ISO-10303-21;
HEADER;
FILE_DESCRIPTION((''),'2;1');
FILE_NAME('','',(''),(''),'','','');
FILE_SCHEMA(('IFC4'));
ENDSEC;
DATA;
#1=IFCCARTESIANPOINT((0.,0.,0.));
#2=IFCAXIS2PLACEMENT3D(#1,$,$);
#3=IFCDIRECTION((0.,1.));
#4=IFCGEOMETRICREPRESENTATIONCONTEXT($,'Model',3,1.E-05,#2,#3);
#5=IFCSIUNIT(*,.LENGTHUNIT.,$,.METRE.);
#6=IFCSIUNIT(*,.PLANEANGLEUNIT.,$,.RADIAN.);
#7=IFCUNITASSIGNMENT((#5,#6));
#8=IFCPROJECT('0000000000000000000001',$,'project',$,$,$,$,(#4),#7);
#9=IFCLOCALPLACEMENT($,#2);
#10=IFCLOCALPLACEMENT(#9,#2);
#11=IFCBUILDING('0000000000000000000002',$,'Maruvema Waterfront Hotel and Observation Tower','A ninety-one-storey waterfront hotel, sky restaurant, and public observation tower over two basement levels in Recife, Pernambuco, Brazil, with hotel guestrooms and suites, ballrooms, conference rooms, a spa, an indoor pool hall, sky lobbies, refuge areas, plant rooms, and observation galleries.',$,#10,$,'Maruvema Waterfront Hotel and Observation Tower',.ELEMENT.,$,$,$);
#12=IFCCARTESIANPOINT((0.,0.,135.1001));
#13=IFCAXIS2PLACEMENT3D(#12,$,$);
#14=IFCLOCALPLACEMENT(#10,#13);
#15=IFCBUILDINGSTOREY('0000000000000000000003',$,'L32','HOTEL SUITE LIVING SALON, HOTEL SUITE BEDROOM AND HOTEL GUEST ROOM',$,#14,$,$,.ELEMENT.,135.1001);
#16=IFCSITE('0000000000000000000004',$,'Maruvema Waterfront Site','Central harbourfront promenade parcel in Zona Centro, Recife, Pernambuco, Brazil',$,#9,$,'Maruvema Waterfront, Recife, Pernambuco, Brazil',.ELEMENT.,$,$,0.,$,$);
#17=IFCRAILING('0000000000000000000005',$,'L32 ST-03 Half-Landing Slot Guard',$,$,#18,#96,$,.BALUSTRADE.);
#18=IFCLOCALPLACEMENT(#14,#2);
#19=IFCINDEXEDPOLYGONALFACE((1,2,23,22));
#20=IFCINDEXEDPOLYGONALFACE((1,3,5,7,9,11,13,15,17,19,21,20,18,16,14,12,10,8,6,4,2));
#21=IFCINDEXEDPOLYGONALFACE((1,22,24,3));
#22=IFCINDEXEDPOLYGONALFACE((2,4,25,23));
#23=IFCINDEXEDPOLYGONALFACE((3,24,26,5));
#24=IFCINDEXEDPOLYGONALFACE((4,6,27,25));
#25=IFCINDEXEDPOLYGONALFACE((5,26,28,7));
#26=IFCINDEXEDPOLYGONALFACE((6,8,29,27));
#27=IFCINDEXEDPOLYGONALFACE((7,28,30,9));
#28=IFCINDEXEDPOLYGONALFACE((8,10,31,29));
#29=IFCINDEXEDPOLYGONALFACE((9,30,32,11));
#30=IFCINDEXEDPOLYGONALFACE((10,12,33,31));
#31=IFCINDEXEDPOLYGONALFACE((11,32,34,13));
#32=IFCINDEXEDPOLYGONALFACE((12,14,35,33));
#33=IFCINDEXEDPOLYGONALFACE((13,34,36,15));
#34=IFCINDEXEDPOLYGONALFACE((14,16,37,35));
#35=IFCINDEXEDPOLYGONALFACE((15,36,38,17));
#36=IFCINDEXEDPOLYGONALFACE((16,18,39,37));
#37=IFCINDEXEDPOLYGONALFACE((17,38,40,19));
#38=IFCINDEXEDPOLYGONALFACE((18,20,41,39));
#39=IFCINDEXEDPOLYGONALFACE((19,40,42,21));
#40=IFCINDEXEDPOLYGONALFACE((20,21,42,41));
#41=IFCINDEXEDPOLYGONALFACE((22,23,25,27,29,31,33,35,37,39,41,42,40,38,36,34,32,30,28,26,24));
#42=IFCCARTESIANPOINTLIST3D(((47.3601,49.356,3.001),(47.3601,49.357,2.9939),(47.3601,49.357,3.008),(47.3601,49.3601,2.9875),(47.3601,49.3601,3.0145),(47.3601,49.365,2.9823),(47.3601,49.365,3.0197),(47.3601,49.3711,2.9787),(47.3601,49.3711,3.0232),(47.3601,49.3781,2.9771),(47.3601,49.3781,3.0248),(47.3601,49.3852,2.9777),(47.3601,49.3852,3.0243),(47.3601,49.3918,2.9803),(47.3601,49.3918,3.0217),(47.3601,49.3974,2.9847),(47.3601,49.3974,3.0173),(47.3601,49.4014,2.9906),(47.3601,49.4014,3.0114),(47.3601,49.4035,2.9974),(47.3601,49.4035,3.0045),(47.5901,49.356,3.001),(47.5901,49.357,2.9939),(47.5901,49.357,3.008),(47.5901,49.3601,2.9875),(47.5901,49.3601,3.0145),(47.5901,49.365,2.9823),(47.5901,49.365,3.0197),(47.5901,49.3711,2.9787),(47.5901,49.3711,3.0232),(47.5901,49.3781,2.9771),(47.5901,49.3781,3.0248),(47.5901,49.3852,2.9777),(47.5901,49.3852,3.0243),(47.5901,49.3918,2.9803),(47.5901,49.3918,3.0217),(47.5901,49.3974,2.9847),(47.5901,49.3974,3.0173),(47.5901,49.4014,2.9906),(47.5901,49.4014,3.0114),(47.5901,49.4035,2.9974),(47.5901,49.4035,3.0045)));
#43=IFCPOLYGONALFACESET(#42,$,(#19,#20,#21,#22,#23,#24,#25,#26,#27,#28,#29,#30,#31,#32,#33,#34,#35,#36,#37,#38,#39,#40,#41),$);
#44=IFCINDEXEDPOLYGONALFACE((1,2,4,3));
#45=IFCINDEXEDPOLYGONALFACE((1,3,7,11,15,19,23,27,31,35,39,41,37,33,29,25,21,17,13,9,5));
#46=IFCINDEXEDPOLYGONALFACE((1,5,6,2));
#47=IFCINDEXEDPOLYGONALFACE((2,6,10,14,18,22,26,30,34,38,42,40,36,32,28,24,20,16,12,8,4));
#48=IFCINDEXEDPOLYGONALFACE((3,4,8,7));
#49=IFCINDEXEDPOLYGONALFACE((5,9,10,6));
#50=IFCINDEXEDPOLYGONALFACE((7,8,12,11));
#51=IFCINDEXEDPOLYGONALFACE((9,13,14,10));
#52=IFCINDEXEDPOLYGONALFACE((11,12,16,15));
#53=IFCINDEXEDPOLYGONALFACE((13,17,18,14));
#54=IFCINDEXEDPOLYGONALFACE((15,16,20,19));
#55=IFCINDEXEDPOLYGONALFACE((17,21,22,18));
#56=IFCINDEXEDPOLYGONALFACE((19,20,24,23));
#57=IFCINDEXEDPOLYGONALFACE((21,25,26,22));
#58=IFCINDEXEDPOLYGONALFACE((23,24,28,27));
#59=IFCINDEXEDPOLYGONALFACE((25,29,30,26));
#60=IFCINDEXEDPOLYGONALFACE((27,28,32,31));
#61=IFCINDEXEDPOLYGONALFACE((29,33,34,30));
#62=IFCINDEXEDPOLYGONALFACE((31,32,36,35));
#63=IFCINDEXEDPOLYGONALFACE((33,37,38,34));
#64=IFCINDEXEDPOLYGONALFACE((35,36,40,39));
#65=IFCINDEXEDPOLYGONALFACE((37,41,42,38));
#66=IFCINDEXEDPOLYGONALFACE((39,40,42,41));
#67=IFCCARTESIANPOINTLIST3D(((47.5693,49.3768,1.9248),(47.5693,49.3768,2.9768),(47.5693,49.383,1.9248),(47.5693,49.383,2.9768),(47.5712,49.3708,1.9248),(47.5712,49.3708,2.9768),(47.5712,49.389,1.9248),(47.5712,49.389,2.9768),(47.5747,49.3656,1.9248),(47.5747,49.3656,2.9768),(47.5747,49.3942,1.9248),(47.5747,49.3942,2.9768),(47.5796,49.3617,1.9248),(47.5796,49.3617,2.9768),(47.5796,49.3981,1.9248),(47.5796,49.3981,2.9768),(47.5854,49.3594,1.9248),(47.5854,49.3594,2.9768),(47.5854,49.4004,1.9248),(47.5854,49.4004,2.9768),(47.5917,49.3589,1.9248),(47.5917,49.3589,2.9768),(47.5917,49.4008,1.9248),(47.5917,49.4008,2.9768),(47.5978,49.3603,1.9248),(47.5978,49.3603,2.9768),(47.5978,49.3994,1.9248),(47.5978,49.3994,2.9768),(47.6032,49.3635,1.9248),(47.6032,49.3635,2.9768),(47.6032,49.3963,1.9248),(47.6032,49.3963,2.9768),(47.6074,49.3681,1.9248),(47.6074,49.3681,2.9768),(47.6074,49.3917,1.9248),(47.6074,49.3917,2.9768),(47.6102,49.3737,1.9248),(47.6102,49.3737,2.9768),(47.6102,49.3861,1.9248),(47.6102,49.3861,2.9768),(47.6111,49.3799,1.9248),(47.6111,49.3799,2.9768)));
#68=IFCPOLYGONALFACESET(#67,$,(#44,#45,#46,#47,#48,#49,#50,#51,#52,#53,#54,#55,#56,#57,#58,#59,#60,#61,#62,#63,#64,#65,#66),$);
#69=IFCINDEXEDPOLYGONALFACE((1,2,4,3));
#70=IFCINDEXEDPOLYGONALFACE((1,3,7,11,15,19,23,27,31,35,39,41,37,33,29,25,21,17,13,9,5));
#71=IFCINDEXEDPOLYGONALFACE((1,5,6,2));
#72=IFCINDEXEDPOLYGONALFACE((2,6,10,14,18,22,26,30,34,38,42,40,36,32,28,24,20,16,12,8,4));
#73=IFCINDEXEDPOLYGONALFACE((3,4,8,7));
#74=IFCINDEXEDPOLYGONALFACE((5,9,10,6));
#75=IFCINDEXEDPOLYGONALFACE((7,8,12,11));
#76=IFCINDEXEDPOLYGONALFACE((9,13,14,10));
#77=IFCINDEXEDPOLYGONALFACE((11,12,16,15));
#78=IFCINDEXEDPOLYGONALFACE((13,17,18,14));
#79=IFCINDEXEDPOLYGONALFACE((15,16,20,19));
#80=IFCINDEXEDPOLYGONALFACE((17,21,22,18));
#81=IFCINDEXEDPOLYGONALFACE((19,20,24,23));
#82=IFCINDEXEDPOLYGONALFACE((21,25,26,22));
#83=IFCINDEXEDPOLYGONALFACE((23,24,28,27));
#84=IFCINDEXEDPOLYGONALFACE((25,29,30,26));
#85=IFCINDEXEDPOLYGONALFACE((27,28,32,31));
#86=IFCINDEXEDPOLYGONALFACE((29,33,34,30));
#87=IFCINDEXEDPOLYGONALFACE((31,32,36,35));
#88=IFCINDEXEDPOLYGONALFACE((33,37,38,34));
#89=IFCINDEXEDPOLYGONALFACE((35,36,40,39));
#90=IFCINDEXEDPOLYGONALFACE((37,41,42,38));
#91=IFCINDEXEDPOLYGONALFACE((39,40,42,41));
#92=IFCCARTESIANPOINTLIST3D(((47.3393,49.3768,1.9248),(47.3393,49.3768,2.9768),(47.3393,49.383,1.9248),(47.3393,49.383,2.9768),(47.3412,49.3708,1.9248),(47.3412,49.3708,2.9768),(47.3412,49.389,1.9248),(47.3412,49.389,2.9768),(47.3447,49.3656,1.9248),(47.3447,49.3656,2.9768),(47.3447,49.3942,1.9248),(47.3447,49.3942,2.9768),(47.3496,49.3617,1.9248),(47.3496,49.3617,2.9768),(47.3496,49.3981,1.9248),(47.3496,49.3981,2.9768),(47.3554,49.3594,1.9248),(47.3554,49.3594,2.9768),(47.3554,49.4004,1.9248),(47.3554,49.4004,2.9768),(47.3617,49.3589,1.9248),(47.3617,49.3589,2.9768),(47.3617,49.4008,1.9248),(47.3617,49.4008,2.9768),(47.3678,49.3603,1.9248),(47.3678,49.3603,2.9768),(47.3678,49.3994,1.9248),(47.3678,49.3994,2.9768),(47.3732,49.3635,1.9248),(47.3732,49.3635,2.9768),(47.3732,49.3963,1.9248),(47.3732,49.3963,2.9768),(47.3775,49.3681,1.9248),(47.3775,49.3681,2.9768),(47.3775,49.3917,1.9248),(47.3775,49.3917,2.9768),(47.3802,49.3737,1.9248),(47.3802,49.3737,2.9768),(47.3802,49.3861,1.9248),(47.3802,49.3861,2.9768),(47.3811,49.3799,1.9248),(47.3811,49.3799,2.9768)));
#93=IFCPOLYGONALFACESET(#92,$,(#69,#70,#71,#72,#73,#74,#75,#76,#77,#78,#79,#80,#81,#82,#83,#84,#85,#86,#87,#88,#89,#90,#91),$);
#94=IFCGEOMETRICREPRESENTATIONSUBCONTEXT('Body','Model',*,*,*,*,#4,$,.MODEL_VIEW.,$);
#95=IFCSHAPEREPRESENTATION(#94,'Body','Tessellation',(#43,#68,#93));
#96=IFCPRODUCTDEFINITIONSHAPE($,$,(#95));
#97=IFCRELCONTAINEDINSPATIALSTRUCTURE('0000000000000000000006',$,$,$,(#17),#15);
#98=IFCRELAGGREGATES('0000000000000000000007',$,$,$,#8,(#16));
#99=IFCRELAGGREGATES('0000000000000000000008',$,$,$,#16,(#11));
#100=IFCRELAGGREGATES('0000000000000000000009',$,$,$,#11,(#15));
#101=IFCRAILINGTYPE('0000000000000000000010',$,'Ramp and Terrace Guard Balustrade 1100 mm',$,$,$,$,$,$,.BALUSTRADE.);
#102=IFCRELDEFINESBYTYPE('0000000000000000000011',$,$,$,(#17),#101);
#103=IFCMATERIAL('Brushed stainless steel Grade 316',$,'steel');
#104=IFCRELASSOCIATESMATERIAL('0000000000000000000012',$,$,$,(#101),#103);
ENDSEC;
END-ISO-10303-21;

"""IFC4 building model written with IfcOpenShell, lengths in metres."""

from ifc_helpers import new_model, si_unit, direction, frame, origin, origin_2d, place, context, subcontext, project, spatial, circle, extrude, material, type_object, element, save


model = new_model("IFC4")

# Units and contexts
model_context = context("Model", 3, precision=1e-05, world=origin(), true_north=direction((0.0, 1.0)))
body_context = subcontext(model_context, "Body", "Model", "MODEL_VIEW")
ifc_project = project(units=[si_unit("LENGTHUNIT", "METRE"), si_unit("PLANEANGLEUNIT", "RADIAN")], contexts=[model_context])

# Site, building, storey
site_placement = place(None, origin())
site = spatial("IfcSite", under=ifc_project, at=site_placement, Name="Maruvema Waterfront Site", Description="Central harbourfront promenade parcel in Zona Centro, Recife, Pernambuco, Brazil", LongName="Maruvema Waterfront, Recife, Pernambuco, Brazil", CompositionType="ELEMENT", RefElevation=0.0)
building_placement = place(site_placement, origin())
building = spatial("IfcBuilding", under=site, at=building_placement, Name="Maruvema Waterfront Hotel and Observation Tower", Description="A ninety-one-storey waterfront hotel, sky restaurant, and public observation tower over two basement levels in Recife, Pernambuco, Brazil, with hotel guestrooms and suites, ballrooms, conference rooms, a spa, an indoor pool hall, sky lobbies, refuge areas, plant rooms, and observation galleries.", LongName="Maruvema Waterfront Hotel and Observation Tower", CompositionType="ELEMENT")
storey_placement = place(building_placement, frame((0.0, 0.0, 135.1001)))
storey = spatial("IfcBuildingStorey", under=building, at=storey_placement, Name="L32", Description="HOTEL SUITE LIVING SALON, HOTEL SUITE BEDROOM AND HOTEL GUEST ROOM", CompositionType="ELEMENT", Elevation=135.1001)

# Railing
ifc_material_1 = material(Name="Brushed stainless steel Grade 316", Category="steel")
railing_type_1 = type_object("IfcRailingType", Name="Ramp and Terrace Guard Balustrade 1100 mm", PredefinedType="BALUSTRADE", material=ifc_material_1)
railing_1_placement = place(storey_placement, frame((47.5901, 49.3799, 1.9248)))
element("IfcRailing", 1, at=railing_1_placement, inside=storey, type_object=railing_type_1, Name="L32 ST-03 Half-Landing Slot Guard", PredefinedType="BALUSTRADE", context=body_context, shape_type="SweptSolid", body=[
    extrude(circle(Radius=0.0239, at=origin_2d()), frame((0.0, 0.0, 1.0762), z_axis=(-1.0, 0.0, 0.0), x_axis=(0.0, -1.0, 0.0)), (0.0, 0.0, 1.0), 0.23),
    extrude(circle(Radius=0.021, at=origin_2d()), origin(), (0.0, 0.0, 1.0), 1.052),
    extrude(circle(Radius=0.021, at=origin_2d()), frame((-0.23, 0.0, 0.0)), (0.0, 0.0, 1.0), 1.052),
])

save(model, "model.ifc")
